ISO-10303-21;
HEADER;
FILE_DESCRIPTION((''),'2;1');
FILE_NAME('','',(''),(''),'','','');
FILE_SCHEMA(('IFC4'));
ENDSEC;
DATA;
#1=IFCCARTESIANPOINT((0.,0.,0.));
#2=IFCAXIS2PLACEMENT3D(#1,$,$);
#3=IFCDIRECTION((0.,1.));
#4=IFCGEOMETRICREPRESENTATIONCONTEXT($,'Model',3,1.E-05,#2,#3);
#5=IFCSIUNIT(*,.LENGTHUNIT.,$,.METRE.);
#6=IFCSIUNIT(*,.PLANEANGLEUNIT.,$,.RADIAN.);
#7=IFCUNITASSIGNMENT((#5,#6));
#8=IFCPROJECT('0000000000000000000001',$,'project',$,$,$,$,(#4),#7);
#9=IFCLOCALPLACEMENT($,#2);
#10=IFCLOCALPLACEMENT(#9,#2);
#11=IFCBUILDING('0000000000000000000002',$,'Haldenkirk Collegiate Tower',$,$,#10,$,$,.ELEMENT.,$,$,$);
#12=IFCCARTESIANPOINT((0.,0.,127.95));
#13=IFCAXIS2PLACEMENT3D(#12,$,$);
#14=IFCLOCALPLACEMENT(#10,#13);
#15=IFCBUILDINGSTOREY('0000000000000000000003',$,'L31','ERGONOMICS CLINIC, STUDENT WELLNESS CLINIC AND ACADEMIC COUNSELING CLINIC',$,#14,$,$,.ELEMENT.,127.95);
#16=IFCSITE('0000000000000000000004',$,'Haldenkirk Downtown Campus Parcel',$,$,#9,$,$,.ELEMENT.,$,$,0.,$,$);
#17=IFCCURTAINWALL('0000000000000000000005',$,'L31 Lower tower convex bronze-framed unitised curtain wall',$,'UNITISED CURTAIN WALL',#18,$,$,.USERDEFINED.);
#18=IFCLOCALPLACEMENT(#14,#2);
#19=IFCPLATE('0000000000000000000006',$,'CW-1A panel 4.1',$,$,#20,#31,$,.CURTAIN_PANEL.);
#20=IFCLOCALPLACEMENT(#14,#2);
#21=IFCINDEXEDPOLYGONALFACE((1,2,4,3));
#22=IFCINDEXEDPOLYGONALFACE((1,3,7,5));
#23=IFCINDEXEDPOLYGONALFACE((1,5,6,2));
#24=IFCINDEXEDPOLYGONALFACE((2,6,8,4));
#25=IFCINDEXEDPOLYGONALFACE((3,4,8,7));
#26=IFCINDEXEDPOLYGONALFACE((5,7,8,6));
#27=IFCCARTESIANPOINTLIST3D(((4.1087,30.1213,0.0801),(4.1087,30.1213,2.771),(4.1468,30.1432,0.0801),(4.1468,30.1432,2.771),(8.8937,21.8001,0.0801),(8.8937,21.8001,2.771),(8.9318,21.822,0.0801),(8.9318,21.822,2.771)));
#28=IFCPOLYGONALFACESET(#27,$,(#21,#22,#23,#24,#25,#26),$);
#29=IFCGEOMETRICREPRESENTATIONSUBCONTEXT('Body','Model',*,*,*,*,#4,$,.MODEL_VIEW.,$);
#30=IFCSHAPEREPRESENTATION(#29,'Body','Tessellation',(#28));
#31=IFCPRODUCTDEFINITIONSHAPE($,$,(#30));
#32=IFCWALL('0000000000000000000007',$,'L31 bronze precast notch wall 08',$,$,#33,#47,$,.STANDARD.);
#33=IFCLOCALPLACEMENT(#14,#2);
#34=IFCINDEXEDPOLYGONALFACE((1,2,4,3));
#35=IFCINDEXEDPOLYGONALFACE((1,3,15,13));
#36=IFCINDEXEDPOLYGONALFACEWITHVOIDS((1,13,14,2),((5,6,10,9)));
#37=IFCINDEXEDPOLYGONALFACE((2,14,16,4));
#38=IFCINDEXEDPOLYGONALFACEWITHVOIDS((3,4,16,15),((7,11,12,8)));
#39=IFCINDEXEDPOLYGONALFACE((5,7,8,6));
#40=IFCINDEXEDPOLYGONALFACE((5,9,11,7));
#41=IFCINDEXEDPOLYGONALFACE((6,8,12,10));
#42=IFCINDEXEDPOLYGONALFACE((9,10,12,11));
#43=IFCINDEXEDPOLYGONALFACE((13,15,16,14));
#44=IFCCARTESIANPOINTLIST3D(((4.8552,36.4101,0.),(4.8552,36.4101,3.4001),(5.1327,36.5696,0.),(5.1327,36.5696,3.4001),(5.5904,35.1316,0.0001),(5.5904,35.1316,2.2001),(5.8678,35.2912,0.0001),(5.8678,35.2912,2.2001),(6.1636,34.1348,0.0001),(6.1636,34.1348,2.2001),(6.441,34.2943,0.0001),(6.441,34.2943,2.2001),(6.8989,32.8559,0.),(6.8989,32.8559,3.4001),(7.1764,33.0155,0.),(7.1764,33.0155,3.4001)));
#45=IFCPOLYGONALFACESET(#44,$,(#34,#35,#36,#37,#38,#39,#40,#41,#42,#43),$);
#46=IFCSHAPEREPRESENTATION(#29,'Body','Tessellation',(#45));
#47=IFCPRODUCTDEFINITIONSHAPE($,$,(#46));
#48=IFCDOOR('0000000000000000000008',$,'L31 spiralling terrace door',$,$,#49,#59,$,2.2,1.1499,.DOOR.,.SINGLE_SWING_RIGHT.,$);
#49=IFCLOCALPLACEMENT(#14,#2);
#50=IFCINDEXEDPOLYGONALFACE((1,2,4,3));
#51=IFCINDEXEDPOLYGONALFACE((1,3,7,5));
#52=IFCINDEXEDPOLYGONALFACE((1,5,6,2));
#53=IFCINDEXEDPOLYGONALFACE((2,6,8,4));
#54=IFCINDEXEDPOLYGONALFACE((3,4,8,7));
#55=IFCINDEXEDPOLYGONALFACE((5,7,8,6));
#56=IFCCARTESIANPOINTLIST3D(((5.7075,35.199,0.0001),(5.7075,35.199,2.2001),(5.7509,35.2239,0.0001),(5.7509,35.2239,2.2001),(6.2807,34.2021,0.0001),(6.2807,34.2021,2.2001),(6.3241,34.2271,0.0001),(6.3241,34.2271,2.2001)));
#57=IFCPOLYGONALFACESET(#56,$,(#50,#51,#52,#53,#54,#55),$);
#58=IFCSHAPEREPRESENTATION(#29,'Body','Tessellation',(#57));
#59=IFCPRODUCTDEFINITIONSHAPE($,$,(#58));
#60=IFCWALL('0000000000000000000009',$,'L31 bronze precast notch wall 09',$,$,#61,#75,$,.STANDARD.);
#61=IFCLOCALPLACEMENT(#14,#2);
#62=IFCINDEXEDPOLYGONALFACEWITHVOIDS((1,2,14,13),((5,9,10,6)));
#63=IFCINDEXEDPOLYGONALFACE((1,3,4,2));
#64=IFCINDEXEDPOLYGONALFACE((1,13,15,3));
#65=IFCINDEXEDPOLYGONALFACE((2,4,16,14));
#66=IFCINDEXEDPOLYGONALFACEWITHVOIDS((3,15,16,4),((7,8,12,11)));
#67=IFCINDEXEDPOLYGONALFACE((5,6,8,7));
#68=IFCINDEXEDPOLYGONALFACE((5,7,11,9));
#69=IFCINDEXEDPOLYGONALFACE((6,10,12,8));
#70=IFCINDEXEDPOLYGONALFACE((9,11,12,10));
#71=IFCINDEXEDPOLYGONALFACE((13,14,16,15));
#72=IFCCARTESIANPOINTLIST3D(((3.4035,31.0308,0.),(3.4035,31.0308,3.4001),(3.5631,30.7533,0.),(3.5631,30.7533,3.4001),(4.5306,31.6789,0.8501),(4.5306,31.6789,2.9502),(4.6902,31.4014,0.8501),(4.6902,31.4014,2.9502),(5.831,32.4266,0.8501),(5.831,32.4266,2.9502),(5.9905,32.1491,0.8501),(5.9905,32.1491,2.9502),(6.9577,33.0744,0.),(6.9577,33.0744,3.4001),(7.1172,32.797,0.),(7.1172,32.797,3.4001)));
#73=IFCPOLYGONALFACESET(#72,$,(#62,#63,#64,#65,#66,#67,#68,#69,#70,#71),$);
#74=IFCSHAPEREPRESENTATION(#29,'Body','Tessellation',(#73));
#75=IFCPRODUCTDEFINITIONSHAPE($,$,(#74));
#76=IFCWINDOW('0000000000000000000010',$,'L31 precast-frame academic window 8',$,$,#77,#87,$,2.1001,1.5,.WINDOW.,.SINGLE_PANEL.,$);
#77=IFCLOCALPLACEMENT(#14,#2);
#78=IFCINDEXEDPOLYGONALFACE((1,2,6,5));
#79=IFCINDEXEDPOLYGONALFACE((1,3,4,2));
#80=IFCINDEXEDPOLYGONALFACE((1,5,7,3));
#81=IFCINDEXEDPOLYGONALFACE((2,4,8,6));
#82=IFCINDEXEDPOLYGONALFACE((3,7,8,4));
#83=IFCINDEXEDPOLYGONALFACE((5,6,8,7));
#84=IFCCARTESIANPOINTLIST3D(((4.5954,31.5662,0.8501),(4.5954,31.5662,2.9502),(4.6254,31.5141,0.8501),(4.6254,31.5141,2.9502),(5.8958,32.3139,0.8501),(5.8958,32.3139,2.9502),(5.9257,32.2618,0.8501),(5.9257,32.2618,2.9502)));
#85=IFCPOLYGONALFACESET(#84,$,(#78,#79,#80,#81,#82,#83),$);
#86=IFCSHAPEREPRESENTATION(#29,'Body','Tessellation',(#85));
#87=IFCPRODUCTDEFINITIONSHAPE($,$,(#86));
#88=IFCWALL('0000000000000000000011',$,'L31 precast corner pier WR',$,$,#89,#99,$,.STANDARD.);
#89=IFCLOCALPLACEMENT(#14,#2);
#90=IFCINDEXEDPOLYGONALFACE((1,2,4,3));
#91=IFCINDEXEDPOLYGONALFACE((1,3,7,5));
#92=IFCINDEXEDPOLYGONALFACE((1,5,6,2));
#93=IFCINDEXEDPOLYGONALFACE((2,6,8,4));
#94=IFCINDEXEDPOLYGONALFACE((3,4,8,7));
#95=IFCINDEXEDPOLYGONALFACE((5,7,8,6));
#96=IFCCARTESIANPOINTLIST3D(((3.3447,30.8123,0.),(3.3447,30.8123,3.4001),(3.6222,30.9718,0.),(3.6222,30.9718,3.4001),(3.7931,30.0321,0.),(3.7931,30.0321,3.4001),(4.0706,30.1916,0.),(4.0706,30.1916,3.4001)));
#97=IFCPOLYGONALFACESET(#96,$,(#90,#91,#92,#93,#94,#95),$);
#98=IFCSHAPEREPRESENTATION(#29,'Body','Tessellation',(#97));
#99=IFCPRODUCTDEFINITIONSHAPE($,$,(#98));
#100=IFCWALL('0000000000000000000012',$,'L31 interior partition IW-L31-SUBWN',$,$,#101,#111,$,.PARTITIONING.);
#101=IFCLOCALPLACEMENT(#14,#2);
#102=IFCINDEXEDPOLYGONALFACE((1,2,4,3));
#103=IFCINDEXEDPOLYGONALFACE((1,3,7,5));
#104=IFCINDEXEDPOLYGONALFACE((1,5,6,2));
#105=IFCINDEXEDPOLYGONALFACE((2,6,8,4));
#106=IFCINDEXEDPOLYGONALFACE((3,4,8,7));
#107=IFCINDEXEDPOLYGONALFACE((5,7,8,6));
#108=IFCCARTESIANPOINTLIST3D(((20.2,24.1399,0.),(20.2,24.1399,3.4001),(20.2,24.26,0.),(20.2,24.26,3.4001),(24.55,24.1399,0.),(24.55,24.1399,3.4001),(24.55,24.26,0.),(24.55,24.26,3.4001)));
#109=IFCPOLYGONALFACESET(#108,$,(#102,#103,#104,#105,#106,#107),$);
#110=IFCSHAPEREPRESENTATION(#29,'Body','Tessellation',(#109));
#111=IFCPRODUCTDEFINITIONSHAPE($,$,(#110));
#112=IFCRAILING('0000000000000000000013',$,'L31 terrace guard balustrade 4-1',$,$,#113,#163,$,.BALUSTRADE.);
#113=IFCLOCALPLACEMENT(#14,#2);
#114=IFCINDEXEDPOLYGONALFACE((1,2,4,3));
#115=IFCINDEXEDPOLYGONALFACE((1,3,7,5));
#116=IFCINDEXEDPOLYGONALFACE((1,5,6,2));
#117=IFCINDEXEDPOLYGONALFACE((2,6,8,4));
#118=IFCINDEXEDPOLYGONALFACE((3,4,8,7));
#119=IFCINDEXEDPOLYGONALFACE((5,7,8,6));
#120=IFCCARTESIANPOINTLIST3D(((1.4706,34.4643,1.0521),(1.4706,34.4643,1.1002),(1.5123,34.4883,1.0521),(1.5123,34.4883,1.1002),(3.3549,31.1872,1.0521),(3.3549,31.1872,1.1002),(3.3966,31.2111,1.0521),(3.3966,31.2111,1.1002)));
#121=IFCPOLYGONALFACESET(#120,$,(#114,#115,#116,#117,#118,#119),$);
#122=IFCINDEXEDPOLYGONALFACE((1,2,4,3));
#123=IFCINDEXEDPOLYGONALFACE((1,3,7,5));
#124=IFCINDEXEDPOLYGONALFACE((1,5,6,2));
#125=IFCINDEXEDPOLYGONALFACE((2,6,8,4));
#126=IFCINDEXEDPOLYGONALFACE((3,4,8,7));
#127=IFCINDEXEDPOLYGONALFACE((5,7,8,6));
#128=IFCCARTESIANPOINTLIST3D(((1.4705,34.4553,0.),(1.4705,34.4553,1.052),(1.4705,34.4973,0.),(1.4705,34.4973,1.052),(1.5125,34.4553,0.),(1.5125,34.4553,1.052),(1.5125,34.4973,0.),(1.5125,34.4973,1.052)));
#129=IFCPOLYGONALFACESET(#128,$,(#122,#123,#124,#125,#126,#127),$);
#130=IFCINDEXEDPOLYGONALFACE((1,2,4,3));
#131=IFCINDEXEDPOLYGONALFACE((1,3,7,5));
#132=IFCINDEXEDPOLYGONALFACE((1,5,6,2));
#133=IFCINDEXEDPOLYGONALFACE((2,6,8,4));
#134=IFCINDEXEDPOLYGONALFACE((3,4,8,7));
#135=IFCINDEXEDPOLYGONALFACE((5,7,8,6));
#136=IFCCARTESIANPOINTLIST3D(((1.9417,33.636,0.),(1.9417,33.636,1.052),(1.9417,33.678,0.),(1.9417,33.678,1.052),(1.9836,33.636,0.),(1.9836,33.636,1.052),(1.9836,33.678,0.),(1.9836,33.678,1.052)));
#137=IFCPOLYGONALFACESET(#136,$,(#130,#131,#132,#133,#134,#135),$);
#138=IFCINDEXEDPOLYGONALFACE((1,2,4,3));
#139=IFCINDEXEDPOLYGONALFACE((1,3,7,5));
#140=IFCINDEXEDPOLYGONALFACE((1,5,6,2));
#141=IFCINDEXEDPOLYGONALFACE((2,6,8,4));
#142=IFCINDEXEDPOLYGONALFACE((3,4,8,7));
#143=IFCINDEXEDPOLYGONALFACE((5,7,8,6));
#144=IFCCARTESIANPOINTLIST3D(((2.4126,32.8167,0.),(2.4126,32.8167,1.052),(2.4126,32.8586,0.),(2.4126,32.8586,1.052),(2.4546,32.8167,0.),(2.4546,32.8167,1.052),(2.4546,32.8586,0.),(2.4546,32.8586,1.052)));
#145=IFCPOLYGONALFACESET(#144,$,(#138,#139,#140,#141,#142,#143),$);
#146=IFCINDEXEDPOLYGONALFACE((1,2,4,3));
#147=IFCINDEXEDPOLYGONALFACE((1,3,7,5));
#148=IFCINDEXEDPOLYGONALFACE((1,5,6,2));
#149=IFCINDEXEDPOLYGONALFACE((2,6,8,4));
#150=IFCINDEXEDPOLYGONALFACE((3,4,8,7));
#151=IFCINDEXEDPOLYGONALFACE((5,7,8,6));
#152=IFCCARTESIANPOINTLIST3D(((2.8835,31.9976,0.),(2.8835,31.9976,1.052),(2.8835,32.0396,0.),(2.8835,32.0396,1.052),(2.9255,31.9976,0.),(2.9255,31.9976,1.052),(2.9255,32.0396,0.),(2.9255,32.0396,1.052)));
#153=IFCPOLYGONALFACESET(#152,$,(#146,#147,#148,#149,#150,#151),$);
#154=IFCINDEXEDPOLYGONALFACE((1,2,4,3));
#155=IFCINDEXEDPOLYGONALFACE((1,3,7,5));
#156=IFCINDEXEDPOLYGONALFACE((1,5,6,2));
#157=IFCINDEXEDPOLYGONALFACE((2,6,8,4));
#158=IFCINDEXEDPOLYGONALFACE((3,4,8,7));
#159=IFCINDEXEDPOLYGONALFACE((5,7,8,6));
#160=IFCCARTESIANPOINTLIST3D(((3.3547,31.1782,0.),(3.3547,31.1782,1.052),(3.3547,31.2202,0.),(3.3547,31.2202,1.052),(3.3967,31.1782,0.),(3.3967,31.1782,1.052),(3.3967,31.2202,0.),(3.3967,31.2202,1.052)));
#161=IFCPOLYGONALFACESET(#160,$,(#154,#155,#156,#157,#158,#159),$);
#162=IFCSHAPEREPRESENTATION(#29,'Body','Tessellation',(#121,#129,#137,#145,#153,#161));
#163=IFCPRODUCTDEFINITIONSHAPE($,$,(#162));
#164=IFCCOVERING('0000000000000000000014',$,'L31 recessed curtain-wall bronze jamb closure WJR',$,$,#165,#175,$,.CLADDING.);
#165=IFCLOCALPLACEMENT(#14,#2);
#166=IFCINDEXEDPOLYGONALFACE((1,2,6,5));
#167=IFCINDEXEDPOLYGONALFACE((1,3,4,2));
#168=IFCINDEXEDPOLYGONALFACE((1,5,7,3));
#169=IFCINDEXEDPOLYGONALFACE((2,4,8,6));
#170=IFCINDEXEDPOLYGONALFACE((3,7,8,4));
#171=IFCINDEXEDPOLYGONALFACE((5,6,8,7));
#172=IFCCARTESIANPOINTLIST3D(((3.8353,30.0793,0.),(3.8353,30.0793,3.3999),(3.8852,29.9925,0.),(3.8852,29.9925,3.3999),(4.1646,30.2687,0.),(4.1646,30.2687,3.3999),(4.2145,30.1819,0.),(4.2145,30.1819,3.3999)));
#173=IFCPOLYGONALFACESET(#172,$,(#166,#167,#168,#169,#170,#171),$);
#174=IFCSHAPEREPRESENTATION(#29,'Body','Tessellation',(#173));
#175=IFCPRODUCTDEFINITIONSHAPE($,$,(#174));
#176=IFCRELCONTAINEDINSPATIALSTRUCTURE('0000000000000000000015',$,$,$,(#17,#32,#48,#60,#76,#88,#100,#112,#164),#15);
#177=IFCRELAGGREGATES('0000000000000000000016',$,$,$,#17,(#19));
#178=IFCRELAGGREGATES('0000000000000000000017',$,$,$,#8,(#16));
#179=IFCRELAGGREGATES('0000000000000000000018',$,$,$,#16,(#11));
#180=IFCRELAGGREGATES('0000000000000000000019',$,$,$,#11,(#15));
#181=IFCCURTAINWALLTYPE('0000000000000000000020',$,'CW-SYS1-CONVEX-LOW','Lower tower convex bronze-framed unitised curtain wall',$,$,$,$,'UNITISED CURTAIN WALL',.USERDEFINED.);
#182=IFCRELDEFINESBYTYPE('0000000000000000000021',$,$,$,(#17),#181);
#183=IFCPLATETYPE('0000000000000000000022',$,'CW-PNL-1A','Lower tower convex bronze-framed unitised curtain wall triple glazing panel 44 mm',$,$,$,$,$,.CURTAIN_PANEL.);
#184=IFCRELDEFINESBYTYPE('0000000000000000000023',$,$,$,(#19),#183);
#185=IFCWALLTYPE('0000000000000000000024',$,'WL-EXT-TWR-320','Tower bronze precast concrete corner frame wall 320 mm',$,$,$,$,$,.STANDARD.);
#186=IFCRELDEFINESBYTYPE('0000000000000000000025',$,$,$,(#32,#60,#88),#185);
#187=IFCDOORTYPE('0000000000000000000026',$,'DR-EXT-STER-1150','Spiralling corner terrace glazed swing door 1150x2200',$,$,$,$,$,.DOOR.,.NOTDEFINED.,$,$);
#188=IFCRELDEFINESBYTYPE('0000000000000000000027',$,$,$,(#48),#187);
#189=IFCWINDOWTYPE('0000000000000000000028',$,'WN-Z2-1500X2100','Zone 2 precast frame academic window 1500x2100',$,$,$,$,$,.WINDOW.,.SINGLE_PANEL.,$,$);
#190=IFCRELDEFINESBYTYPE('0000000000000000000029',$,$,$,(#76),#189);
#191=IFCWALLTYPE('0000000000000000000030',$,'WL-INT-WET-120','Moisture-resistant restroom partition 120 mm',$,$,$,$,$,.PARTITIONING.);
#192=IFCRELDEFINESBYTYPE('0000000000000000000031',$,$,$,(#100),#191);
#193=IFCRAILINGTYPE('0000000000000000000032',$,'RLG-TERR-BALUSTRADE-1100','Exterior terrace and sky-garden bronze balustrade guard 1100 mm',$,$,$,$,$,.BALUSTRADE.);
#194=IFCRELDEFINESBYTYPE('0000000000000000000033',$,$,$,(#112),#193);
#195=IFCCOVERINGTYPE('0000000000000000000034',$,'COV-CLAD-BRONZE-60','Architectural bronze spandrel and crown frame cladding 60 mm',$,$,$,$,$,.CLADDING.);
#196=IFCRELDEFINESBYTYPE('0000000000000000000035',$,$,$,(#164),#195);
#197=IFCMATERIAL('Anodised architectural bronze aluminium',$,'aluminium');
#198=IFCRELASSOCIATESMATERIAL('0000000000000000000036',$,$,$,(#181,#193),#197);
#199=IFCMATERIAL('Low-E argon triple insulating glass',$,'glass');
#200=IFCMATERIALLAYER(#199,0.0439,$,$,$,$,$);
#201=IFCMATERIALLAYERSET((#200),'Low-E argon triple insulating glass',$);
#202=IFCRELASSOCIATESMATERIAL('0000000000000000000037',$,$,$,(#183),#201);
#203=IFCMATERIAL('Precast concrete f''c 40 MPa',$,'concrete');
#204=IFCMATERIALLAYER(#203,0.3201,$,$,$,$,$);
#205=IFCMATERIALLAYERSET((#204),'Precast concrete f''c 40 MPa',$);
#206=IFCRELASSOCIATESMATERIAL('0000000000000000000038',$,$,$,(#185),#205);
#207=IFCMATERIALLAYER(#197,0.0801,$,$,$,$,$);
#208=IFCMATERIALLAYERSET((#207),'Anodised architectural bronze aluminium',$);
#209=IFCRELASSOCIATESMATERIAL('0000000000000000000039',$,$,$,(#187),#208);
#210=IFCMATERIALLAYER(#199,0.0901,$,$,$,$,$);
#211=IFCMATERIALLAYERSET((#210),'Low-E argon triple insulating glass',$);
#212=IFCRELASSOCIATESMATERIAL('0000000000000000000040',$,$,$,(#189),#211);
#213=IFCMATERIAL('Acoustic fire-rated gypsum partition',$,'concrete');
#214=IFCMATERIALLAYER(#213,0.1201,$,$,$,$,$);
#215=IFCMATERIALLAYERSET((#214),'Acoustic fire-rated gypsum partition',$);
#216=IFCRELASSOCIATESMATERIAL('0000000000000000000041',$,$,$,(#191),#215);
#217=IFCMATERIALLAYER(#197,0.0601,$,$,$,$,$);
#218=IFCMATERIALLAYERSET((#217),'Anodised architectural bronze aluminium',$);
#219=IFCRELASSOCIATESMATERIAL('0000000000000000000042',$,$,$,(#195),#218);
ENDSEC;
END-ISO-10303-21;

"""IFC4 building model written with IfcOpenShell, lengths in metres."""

from ifc_helpers import new_model, si_unit, direction, frame, frame_2d, origin, origin_2d, place, context, subcontext, project, spatial, rectangle, extrude, source, transform, mapped, material, layer, layer_set, type_object, element, fill, aggregate, save


model = new_model("IFC4")

# Units and contexts
model_context = context("Model", 3, precision=1e-05, world=origin(), true_north=direction((0.0, 1.0)))
body_context = subcontext(model_context, "Body", "Model", "MODEL_VIEW")
ifc_project = project(units=[si_unit("LENGTHUNIT", "METRE"), si_unit("PLANEANGLEUNIT", "RADIAN")], contexts=[model_context])

# Site, building, storey
site_placement = place(None, origin())
site = spatial("IfcSite", under=ifc_project, at=site_placement, Name="Haldenkirk Downtown Campus Parcel", CompositionType="ELEMENT", RefElevation=0.0)
building_placement = place(site_placement, origin())
building = spatial("IfcBuilding", under=site, at=building_placement, Name="Haldenkirk Collegiate Tower", CompositionType="ELEMENT")
storey_placement = place(building_placement, frame((0.0, 0.0, 127.95)))
storey = spatial("IfcBuildingStorey", under=building, at=storey_placement, Name="L31", Description="ERGONOMICS CLINIC, STUDENT WELLNESS CLINIC AND ACADEMIC COUNSELING CLINIC", CompositionType="ELEMENT", Elevation=127.95)

# Curtain wall, plate
ifc_material_1 = material(Name="Anodised architectural bronze aluminium", Category="aluminium")
curtain_wall_type = type_object("IfcCurtainWallType", Name="CW-SYS1-CONVEX-LOW", Description="Lower tower convex bronze-framed unitised curtain wall", ElementType="UNITISED CURTAIN WALL", PredefinedType="USERDEFINED", material=ifc_material_1)
curtain_wall_placement = place(storey_placement, origin())
curtain_wall = element("IfcCurtainWall", 1, at=curtain_wall_placement, inside=storey, type_object=curtain_wall_type, Name="L31 Lower tower convex bronze-framed unitised curtain wall", ObjectType="UNITISED CURTAIN WALL", PredefinedType="USERDEFINED")
ifc_material_2 = material(Name="Low-E argon triple insulating glass", Category="glass")
ifc_layer_1 = layer(ifc_material_2, 0.0439)
ifc_layer_set_1 = layer_set([ifc_layer_1], Name="Low-E argon triple insulating glass")
plate_type = type_object("IfcPlateType", Name="CW-PNL-1A", Description="Lower tower convex bronze-framed unitised curtain wall triple glazing panel 44 mm", PredefinedType="CURTAIN_PANEL", material=ifc_layer_set_1)
shared_shape_1 = source(origin(), body_context, "Body", "SweptSolid", [
    extrude(rectangle(XDim=9.5989, YDim=0.0439, at=origin_2d()), origin(), (0.0, 0.0, 1.0), 2.6909),
])
plate_1_placement = place(storey_placement, frame((6.5203, 25.9717, 0.0801), z_axis=(0.0, 0.0, 1.0), x_axis=(-0.49849, 0.866896, 0.0)))
plate_1 = element("IfcPlate", 2, at=plate_1_placement, type_object=plate_type, Name="CW-1A panel 4.1", PredefinedType="CURTAIN_PANEL", context=body_context, shape_type="MappedRepresentation", body=[
    mapped(shared_shape_1, transform((0.0, 0.0, 0.0), x_axis=(1.0, 0.0, 0.0), y_axis=(0.0, 1.0, 0.0), z_axis=(0.0, 0.0, 1.0), scale=1.0)),
])
aggregate(curtain_wall, [plate_1])

# Wall, opening, door
ifc_material_3 = material(Name="Precast concrete f'c 40 MPa", Category="concrete")
ifc_layer_2 = layer(ifc_material_3, 0.3201)
ifc_layer_set_2 = layer_set([ifc_layer_2], Name="Precast concrete f'c 40 MPa")
wall_type_1 = type_object("IfcWallType", Name="WL-EXT-TWR-320", Description="Tower bronze precast concrete corner frame wall 320 mm", PredefinedType="STANDARD", material=ifc_layer_set_2)
wall_1_placement = place(storey_placement, frame((7.0376, 32.9358, 0.0), z_axis=(0.0, 0.0, 1.0), x_axis=(-0.498478, 0.866902, 0.0)))
wall_1 = element("IfcWall", 3, at=wall_1_placement, inside=storey, type_object=wall_type_1, Name="L31 bronze precast notch wall 08", PredefinedType="STANDARD", context=body_context, shape_type="SweptSolid", body=[
    extrude(rectangle(XDim=4.0999, YDim=0.3201, at=frame_2d((2.0498, 0.0))), origin(), (0.0, 0.0, 1.0), 3.4001),
])
opening_1_placement = place(wall_1_placement, frame((1.4751, 0.0, 0.0)))
opening_1 = element("IfcOpeningElement", 4, at=opening_1_placement, cuts=wall_1, PredefinedType="OPENING", context=body_context, shape_type="SweptSolid", body=[
    extrude(rectangle(XDim=1.1499, YDim=2.2, at=frame_2d((0.575, 1.1001))), frame((0.0, 0.1699, 0.0), z_axis=(0.0, -1.0, 0.0), x_axis=(1.0, 0.0, 0.0)), (0.0, 0.0, 1.0), 0.3401),
])
ifc_layer_3 = layer(ifc_material_1, 0.0801)
ifc_layer_set_3 = layer_set([ifc_layer_3], Name="Anodised architectural bronze aluminium")
door_type_1 = type_object("IfcDoorType", Name="DR-EXT-STER-1150", Description="Spiralling corner terrace glazed swing door 1150x2200", OperationType="NOTDEFINED", PredefinedType="DOOR", material=ifc_layer_set_3)
door_1_placement = place(opening_1_placement, origin())
door_1 = element("IfcDoor", 5, at=door_1_placement, inside=storey, type_object=door_type_1, Name="L31 spiralling terrace door", OperationType="SINGLE_SWING_RIGHT", OverallHeight=2.2, OverallWidth=1.1499, PredefinedType="DOOR", context=body_context, shape_type="SweptSolid", body=[
    extrude(rectangle(XDim=1.1499, YDim=2.2, at=frame_2d((0.575, 1.1001))), frame((0.0, 0.0249, 0.0), z_axis=(0.0, -1.0, 0.0), x_axis=(1.0, 0.0, 0.0)), (0.0, 0.0, 1.0), 0.05),
])
fill(opening_1, door_1)

# Wall, opening, window
wall_2_placement = place(storey_placement, frame((3.4834, 30.8921, 0.0), z_axis=(0.0, 0.0, 1.0), x_axis=(0.866902, 0.498478, 0.0)))
wall_2 = element("IfcWall", 6, at=wall_2_placement, inside=storey, type_object=wall_type_1, Name="L31 bronze precast notch wall 09", PredefinedType="STANDARD", context=body_context, shape_type="SweptSolid", body=[
    extrude(rectangle(XDim=4.0999, YDim=0.3201, at=frame_2d((2.0498, 0.0))), origin(), (0.0, 0.0, 1.0), 3.4001),
])
opening_2_placement = place(wall_2_placement, frame((1.3, 0.0, 0.8501)))
opening_2 = element("IfcOpeningElement", 7, at=opening_2_placement, cuts=wall_2, PredefinedType="OPENING", context=body_context, shape_type="SweptSolid", body=[
    extrude(rectangle(XDim=1.5, YDim=2.1001, at=frame_2d((0.75, 1.05))), frame((0.0, 0.1699, 0.0), z_axis=(0.0, -1.0, 0.0), x_axis=(1.0, 0.0, 0.0)), (0.0, 0.0, 1.0), 0.3401),
])
ifc_layer_4 = layer(ifc_material_2, 0.0901)
ifc_layer_set_4 = layer_set([ifc_layer_4], Name="Low-E argon triple insulating glass")
window_type = type_object("IfcWindowType", Name="WN-Z2-1500X2100", Description="Zone 2 precast frame academic window 1500x2100", PartitioningType="SINGLE_PANEL", PredefinedType="WINDOW", material=ifc_layer_set_4)
window_placement = place(opening_2_placement, origin())
window = element("IfcWindow", 8, at=window_placement, inside=storey, type_object=window_type, Name="L31 precast-frame academic window 8", OverallHeight=2.1001, OverallWidth=1.5, PartitioningType="SINGLE_PANEL", PredefinedType="WINDOW", context=body_context, shape_type="SweptSolid", body=[
    extrude(rectangle(XDim=1.5, YDim=2.1001, at=frame_2d((0.75, 1.05))), frame((0.0, 0.03, 0.0), z_axis=(0.0, -1.0, 0.0), x_axis=(1.0, 0.0, 0.0)), (0.0, 0.0, 1.0), 0.0601),
])
fill(opening_2, window)

# Walls
wall_3_placement = place(storey_placement, frame((3.9319, 30.1118, 0.0), z_axis=(0.0, 0.0, 1.0), x_axis=(-0.498328, 0.866988, 0.0)))
element("IfcWall", 9, at=wall_3_placement, inside=storey, type_object=wall_type_1, Name="L31 precast corner pier WR", PredefinedType="STANDARD", context=body_context, shape_type="SweptSolid", body=[
    extrude(rectangle(XDim=0.8999, YDim=0.3201, at=frame_2d((0.45, 0.0))), origin(), (0.0, 0.0, 1.0), 3.4001),
])
ifc_material_4 = material(Name="Acoustic fire-rated gypsum partition", Category="concrete")
ifc_layer_5 = layer(ifc_material_4, 0.1201)
ifc_layer_set_5 = layer_set([ifc_layer_5], Name="Acoustic fire-rated gypsum partition")
wall_type_2 = type_object("IfcWallType", Name="WL-INT-WET-120", Description="Moisture-resistant restroom partition 120 mm", PredefinedType="PARTITIONING", material=ifc_layer_set_5)
wall_4_placement = place(storey_placement, frame((20.2, 24.2, 0.0), z_axis=(0.0, 0.0, 1.0), x_axis=(1.0, 0.0, 0.0)))
element("IfcWall", 10, at=wall_4_placement, inside=storey, type_object=wall_type_2, Name="L31 interior partition IW-L31-SUBWN", PredefinedType="PARTITIONING", context=body_context, shape_type="SweptSolid", body=[
    extrude(rectangle(XDim=4.3501, YDim=0.1201, at=frame_2d((2.175, 0.0))), origin(), (0.0, 0.0, 1.0), 3.4001),
])

# Railing
railing_type = type_object("IfcRailingType", Name="RLG-TERR-BALUSTRADE-1100", Description="Exterior terrace and sky-garden bronze balustrade guard 1100 mm", PredefinedType="BALUSTRADE", material=ifc_material_1)
railing_placement = place(storey_placement, frame((1.4915, 34.4763, 0.0)))
element("IfcRailing", 11, at=railing_placement, inside=storey, type_object=railing_type, Name="L31 terrace guard balustrade 4-1", PredefinedType="BALUSTRADE", context=body_context, shape_type="SweptSolid", body=[
    extrude(rectangle(XDim=0.0481, YDim=0.0481, at=origin_2d()), frame((0.0, 0.0, 1.0762), z_axis=(0.49846, -0.866913, 0.0), x_axis=(0.866913, 0.49846, 0.0)), (0.0, 0.0, 1.0), 3.7803),
    extrude(rectangle(XDim=0.042, YDim=0.042, at=origin_2d()), origin(), (0.0, 0.0, 1.0), 1.052),
    extrude(rectangle(XDim=0.042, YDim=0.042, at=origin_2d()), frame((0.4712, -0.8193, 0.0)), (0.0, 0.0, 1.0), 1.052),
    extrude(rectangle(XDim=0.042, YDim=0.042, at=origin_2d()), frame((0.9421, -1.6387, 0.0)), (0.0, 0.0, 1.0), 1.052),
    extrude(rectangle(XDim=0.042, YDim=0.042, at=origin_2d()), frame((1.4131, -2.4578, 0.0)), (0.0, 0.0, 1.0), 1.052),
    extrude(rectangle(XDim=0.042, YDim=0.042, at=origin_2d()), frame((1.8843, -3.2771, 0.0)), (0.0, 0.0, 1.0), 1.052),
])

# Covering
ifc_layer_6 = layer(ifc_material_1, 0.0601)
ifc_layer_set_6 = layer_set([ifc_layer_6], Name="Anodised architectural bronze aluminium")
covering_type = type_object("IfcCoveringType", Name="COV-CLAD-BRONZE-60", Description="Architectural bronze spandrel and crown frame cladding 60 mm", PredefinedType="CLADDING", material=ifc_layer_set_6)
shared_shape_2 = source(origin(), body_context, "Body", "SweptSolid", [
    extrude(rectangle(XDim=0.1001, YDim=0.3799, at=origin_2d()), origin(), (0.0, 0.0, 1.0), 3.3999),
])
covering_placement = place(storey_placement, frame((4.0249, 30.1306, 0.0), z_axis=(0.0, 0.0, 1.0), x_axis=(-0.498488, 0.866897, 0.0)))
element("IfcCovering", 12, at=covering_placement, inside=storey, type_object=covering_type, Name="L31 recessed curtain-wall bronze jamb closure WJR", PredefinedType="CLADDING", context=body_context, shape_type="MappedRepresentation", body=[
    mapped(shared_shape_2, transform((0.0, 0.0, 0.0), x_axis=(1.0, 0.0, 0.0), y_axis=(0.0, 1.0, 0.0), z_axis=(0.0, 0.0, 1.0), scale=1.0)),
])

save(model, "model.ifc")
